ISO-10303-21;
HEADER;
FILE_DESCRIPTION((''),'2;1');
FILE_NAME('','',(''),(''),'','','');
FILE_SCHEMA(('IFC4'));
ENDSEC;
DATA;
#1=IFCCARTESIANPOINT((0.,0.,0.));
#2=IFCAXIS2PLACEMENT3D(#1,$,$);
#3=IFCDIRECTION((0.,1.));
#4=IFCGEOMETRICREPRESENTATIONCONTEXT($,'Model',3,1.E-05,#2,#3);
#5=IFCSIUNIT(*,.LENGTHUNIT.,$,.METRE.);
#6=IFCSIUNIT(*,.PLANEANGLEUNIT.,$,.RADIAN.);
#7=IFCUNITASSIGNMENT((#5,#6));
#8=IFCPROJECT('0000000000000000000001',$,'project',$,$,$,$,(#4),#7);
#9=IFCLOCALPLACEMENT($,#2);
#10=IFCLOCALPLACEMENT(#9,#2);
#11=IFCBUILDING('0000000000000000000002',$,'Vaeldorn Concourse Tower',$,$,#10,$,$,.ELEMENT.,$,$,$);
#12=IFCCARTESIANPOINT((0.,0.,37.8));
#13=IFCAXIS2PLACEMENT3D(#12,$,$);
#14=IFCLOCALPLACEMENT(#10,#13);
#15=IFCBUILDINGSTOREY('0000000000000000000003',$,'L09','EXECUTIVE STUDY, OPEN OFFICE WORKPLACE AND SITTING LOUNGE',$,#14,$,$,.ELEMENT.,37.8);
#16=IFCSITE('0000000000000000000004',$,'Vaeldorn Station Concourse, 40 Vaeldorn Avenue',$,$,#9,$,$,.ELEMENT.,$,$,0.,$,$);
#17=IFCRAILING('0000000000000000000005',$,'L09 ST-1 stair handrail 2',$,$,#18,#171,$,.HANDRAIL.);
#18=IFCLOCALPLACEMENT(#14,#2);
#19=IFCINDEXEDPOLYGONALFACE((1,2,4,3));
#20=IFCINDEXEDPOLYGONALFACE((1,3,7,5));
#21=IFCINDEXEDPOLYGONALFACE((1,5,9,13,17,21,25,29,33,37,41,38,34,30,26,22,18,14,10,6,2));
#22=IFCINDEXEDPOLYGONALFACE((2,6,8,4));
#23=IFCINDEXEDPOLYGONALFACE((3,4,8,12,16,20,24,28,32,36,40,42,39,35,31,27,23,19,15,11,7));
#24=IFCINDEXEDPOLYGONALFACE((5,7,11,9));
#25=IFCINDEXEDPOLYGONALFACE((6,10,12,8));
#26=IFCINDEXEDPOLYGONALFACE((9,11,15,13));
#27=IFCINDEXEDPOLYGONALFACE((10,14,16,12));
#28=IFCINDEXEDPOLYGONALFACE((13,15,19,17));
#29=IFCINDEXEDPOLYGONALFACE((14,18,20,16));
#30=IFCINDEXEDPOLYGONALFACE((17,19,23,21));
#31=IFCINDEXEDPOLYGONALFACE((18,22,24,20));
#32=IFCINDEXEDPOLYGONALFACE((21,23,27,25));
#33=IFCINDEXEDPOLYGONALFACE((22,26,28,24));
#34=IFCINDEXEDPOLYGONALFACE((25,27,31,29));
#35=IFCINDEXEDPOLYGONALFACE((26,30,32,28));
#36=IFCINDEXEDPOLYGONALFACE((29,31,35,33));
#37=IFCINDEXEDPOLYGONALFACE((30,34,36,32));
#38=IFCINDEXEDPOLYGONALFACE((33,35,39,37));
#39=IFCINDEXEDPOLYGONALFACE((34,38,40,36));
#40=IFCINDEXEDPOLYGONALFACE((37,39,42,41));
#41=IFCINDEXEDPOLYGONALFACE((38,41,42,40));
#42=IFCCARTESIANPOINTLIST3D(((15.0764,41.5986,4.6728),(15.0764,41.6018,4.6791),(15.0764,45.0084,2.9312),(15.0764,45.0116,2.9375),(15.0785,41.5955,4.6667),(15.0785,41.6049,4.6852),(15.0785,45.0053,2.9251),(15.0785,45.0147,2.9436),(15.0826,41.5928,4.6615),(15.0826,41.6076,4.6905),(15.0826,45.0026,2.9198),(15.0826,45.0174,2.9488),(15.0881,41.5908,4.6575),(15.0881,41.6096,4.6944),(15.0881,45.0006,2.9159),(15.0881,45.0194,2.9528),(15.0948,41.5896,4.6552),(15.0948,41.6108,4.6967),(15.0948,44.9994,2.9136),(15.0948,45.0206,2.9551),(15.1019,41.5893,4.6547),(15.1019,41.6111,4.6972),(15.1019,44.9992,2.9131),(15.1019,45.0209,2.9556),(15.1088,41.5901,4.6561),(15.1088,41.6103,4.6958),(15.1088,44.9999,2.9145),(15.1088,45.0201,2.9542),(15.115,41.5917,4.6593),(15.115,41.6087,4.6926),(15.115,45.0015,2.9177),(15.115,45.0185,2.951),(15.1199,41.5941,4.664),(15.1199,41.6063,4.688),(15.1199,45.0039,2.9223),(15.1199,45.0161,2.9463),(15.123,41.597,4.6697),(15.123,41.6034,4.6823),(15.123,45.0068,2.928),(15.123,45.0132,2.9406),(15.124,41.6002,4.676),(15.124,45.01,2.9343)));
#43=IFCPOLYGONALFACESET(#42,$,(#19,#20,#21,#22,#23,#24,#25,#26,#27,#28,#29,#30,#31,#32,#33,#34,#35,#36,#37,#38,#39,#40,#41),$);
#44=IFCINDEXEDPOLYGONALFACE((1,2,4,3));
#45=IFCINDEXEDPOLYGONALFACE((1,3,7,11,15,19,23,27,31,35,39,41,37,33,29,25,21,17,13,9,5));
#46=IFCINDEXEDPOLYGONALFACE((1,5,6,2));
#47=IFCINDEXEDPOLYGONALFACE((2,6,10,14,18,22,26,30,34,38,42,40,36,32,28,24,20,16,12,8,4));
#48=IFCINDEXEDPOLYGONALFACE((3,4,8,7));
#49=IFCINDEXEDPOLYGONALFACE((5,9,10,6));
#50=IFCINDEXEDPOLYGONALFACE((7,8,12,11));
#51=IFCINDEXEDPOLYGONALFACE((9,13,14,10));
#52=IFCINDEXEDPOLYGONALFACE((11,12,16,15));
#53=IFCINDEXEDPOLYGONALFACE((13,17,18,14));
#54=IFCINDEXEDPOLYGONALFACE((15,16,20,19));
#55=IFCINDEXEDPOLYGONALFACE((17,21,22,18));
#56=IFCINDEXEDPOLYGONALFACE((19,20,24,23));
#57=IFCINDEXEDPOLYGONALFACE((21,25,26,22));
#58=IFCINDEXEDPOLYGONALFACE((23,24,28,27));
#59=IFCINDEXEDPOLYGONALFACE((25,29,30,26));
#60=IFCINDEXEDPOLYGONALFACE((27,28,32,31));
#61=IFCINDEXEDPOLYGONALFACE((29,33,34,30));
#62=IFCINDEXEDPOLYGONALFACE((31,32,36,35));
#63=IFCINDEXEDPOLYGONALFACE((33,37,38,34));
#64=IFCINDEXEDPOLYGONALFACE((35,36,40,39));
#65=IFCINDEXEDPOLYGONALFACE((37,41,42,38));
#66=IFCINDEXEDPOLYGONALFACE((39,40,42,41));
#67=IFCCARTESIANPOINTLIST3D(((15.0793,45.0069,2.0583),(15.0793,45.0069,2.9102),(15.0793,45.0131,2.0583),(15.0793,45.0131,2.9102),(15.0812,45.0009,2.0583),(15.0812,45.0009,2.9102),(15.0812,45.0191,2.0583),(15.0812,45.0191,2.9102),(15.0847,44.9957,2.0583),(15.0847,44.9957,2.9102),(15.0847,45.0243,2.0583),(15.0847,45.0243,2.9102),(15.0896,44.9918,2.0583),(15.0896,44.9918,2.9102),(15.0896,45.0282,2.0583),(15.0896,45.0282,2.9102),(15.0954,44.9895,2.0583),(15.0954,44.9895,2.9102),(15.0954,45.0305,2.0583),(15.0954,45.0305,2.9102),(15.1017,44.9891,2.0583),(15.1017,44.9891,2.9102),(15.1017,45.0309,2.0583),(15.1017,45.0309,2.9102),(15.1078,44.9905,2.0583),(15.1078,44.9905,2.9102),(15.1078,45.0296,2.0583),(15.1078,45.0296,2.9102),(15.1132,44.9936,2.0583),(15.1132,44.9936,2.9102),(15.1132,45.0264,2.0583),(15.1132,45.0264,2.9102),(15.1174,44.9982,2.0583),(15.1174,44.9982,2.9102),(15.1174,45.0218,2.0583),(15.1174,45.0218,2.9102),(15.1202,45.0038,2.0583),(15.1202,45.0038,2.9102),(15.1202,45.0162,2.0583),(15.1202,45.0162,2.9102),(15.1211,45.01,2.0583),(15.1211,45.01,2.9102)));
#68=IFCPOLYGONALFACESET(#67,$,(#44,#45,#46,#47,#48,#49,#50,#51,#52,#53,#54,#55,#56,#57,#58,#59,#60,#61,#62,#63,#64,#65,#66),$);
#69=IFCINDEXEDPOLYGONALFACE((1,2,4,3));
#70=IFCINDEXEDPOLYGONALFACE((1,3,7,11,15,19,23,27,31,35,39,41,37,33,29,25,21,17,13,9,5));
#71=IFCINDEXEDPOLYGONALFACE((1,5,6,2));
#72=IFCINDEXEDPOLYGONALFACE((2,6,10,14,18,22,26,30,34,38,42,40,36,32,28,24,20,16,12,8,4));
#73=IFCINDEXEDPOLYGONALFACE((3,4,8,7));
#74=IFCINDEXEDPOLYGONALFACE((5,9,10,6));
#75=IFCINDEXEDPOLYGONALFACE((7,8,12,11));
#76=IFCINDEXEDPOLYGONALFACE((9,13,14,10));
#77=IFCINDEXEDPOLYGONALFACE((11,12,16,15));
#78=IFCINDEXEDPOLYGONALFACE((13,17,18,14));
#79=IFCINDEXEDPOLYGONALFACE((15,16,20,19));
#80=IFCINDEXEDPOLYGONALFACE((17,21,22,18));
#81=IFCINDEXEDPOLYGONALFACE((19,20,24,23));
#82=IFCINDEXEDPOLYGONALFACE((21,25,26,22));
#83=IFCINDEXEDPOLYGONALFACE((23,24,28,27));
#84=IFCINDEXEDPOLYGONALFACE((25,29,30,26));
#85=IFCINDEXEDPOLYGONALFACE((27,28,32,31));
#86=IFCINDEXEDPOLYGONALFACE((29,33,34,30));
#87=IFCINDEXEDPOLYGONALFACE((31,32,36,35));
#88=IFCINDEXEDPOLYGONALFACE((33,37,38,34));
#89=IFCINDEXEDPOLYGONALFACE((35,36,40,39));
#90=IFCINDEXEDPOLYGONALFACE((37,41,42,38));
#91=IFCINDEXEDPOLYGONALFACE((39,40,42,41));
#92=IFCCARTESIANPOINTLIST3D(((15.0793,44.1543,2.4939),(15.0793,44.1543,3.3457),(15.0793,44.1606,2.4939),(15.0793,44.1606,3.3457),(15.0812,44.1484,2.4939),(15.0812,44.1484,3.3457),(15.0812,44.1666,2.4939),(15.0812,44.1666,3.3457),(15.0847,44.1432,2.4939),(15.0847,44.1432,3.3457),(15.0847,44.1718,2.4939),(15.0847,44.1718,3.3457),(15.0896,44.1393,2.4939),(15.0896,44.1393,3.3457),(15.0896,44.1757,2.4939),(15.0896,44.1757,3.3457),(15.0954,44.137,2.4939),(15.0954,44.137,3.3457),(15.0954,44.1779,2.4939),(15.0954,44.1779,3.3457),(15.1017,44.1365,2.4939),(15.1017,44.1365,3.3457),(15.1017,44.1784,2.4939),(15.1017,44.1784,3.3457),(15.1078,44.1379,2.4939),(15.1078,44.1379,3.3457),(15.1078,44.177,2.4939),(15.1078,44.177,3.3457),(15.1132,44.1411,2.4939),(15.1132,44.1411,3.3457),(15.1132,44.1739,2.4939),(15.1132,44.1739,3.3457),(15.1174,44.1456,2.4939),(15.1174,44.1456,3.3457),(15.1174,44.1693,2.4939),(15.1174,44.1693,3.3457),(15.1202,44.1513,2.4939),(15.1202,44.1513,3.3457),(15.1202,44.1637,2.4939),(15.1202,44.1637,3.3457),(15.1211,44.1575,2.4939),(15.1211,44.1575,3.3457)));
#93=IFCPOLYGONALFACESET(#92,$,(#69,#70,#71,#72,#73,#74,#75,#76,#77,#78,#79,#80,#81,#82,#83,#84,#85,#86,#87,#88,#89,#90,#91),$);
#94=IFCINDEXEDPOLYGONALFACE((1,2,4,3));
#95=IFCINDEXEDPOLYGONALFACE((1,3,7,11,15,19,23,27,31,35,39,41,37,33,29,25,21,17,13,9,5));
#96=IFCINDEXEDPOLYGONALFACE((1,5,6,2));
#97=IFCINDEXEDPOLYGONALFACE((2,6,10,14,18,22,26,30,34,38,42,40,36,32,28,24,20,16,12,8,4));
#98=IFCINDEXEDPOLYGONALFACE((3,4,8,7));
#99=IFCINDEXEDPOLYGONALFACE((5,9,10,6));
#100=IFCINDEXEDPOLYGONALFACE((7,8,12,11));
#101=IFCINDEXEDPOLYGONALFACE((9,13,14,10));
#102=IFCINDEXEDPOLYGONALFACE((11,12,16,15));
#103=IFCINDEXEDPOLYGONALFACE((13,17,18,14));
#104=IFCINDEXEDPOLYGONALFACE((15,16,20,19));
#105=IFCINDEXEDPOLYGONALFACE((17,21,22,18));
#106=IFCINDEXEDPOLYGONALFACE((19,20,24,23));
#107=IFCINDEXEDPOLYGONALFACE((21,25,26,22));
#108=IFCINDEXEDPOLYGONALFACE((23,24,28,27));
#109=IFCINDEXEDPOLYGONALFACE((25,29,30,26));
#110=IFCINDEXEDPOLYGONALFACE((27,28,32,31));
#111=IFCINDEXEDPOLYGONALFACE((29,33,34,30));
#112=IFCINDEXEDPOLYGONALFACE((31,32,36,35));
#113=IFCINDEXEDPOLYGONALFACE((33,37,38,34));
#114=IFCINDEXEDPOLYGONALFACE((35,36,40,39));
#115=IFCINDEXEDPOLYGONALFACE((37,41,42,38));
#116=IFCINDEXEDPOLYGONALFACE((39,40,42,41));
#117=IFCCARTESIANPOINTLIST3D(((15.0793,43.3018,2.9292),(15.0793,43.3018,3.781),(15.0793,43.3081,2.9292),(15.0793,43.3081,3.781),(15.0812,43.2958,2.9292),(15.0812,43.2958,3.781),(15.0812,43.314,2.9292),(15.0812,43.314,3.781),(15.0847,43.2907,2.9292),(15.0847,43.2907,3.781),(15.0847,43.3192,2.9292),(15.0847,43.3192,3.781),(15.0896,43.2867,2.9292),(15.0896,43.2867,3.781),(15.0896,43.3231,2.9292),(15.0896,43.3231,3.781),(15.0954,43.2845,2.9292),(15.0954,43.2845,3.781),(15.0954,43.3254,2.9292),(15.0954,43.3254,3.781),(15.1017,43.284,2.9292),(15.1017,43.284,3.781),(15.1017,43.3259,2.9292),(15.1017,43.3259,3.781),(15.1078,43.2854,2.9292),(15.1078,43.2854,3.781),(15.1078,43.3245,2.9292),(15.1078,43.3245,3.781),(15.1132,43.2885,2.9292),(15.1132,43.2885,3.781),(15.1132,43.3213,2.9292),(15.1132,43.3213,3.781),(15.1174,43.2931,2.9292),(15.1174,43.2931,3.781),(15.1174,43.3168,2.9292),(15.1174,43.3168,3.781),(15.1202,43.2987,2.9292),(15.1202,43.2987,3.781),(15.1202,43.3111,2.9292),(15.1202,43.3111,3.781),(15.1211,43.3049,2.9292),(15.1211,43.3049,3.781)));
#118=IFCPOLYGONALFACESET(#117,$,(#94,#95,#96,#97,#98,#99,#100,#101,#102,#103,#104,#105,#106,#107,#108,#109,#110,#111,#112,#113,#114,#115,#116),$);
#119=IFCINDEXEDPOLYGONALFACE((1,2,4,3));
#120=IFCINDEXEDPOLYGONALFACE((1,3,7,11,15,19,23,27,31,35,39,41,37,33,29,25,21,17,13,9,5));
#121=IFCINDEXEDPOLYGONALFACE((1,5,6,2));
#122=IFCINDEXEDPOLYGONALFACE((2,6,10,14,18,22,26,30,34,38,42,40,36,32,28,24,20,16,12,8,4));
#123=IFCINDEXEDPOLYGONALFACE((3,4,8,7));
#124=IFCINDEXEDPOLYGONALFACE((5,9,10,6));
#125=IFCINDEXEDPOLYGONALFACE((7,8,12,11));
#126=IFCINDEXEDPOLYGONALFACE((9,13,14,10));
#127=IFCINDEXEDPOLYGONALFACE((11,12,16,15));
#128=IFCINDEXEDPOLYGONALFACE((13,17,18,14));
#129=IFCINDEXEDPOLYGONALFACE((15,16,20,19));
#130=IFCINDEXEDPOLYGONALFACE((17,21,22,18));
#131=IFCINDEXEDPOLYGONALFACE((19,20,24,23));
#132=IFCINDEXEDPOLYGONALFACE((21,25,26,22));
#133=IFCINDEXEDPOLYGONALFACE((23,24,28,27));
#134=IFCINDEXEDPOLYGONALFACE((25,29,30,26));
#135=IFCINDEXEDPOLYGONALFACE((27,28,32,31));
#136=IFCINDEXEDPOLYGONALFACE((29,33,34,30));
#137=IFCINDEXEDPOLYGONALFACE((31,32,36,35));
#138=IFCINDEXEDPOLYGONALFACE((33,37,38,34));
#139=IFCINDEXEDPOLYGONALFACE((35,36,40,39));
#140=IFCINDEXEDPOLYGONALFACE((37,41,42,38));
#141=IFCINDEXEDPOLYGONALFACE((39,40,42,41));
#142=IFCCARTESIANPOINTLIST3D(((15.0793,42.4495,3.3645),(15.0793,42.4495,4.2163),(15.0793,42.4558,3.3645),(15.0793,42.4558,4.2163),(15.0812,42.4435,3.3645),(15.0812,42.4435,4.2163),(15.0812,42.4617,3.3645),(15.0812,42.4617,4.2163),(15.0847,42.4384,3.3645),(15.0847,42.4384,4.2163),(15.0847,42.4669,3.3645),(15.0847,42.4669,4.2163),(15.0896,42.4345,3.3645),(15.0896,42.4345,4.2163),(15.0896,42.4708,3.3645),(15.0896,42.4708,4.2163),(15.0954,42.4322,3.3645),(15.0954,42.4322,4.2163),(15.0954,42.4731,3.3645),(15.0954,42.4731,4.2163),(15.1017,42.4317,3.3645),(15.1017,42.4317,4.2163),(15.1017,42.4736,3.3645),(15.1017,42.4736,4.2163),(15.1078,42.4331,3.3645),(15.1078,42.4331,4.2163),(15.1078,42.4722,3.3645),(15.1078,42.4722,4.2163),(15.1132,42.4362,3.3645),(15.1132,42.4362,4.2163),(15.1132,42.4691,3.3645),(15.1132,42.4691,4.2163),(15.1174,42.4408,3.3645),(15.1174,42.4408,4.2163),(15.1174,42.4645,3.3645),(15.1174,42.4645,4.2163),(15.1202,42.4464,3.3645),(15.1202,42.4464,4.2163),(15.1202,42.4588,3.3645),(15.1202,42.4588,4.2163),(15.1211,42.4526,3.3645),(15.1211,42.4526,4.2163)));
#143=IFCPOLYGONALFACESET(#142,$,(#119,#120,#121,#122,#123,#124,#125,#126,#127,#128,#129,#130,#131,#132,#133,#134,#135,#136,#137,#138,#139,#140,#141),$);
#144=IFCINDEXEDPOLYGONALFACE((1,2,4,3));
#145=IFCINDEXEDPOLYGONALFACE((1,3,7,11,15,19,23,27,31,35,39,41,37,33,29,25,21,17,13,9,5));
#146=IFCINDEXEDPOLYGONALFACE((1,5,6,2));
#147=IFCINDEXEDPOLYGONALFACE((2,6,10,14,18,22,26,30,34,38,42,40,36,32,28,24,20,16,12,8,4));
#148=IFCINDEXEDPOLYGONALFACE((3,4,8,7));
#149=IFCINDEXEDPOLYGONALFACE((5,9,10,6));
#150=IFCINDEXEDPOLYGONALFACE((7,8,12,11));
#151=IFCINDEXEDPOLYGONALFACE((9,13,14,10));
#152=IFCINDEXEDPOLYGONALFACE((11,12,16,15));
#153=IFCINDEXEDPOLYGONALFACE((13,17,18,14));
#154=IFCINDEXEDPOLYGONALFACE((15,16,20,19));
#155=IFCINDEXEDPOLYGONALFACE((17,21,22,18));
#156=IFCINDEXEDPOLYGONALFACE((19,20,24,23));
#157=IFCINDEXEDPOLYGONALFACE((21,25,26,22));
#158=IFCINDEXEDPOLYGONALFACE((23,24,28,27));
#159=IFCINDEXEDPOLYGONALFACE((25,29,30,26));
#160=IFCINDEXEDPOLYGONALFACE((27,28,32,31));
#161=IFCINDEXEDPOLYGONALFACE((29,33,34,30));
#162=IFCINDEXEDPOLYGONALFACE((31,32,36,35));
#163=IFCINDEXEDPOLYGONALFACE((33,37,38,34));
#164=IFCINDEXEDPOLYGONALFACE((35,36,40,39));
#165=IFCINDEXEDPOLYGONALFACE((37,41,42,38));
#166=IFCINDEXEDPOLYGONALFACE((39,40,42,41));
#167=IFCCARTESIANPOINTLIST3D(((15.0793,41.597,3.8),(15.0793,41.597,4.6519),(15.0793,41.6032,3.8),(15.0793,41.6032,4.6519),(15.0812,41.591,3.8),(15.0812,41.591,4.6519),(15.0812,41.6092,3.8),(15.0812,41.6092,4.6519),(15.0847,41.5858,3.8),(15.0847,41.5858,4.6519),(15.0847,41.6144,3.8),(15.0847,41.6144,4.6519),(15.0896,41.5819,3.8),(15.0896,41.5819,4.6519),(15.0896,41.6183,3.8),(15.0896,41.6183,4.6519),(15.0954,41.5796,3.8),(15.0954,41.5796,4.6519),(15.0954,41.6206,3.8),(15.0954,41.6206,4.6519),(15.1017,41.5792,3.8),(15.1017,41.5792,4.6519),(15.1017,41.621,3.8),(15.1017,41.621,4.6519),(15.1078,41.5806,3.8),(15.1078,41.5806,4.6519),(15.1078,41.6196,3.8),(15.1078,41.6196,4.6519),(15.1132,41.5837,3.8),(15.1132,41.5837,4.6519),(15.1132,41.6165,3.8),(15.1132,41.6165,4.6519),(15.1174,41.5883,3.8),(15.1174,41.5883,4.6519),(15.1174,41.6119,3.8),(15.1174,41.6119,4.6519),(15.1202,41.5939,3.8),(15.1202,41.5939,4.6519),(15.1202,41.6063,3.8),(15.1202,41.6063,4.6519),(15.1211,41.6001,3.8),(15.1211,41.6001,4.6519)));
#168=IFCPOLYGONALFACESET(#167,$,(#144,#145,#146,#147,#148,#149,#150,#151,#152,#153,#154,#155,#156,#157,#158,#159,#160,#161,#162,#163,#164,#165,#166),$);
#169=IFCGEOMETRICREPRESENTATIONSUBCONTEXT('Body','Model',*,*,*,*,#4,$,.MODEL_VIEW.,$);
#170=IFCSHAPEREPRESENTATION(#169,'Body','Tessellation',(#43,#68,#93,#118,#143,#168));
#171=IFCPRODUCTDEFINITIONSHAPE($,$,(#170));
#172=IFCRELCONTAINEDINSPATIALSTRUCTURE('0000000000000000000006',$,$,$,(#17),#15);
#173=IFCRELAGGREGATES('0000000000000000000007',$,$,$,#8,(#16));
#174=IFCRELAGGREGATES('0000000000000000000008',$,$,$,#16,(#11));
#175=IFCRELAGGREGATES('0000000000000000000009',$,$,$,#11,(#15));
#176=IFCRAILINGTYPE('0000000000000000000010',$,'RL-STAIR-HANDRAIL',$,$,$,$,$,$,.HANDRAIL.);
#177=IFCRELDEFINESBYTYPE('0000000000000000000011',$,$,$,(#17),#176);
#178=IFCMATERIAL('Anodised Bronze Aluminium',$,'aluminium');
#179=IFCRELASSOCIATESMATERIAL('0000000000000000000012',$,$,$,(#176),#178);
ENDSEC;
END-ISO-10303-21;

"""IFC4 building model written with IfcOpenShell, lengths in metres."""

from ifc_helpers import new_model, si_unit, direction, frame, origin, origin_2d, place, context, subcontext, project, spatial, circle, extrude, material, type_object, element, save


model = new_model("IFC4")

# Units and contexts
model_context = context("Model", 3, precision=1e-05, world=origin(), true_north=direction((0.0, 1.0)))
body_context = subcontext(model_context, "Body", "Model", "MODEL_VIEW")
ifc_project = project(units=[si_unit("LENGTHUNIT", "METRE"), si_unit("PLANEANGLEUNIT", "RADIAN")], contexts=[model_context])

# Site, building, storey
site_placement = place(None, origin())
site = spatial("IfcSite", under=ifc_project, at=site_placement, Name="Vaeldorn Station Concourse, 40 Vaeldorn Avenue", CompositionType="ELEMENT", RefElevation=0.0)
building_placement = place(site_placement, origin())
building = spatial("IfcBuilding", under=site, at=building_placement, Name="Vaeldorn Concourse Tower", CompositionType="ELEMENT")
storey_placement = place(building_placement, frame((0.0, 0.0, 37.8)))
storey = spatial("IfcBuildingStorey", under=building, at=storey_placement, Name="L09", Description="EXECUTIVE STUDY, OPEN OFFICE WORKPLACE AND SITTING LOUNGE", CompositionType="ELEMENT", Elevation=37.8)

# Shared definitions
ifc_material_1 = material(Name="Anodised Bronze Aluminium", Category="aluminium")

# Railing
railing_type_1 = type_object("IfcRailingType", Name="RL-STAIR-HANDRAIL", PredefinedType="HANDRAIL", material=ifc_material_1)
railing_1_placement = place(storey_placement, frame((15.1001, 45.01, 2.0583)))
element("IfcRailing", 1, at=railing_1_placement, inside=storey, type_object=railing_type_1, Name="L09 ST-1 stair handrail 2", PredefinedType="HANDRAIL", context=body_context, shape_type="SweptSolid", body=[
    extrude(circle(Radius=0.0239, at=origin_2d()), frame((0.0, 0.0, 0.876), z_axis=(0.0, -0.890556, 0.454874), x_axis=(1.0, 0.0, 0.0)), (0.0, 0.0, 1.0), 3.8289),
    extrude(circle(Radius=0.021, at=origin_2d()), origin(), (0.0, 0.0, 1.0), 0.8518),
    extrude(circle(Radius=0.021, at=origin_2d()), frame((0.0, -0.8525, 0.4355)), (0.0, 0.0, 1.0), 0.8518),
    extrude(circle(Radius=0.021, at=origin_2d()), frame((0.0, -1.7051, 0.8708)), (0.0, 0.0, 1.0), 0.8518),
    extrude(circle(Radius=0.021, at=origin_2d()), frame((0.0, -2.5574, 1.3062)), (0.0, 0.0, 1.0), 0.8518),
    extrude(circle(Radius=0.021, at=origin_2d()), frame((0.0, -3.4099, 1.7417)), (0.0, 0.0, 1.0), 0.8518),
])

save(model, "model.ifc")
